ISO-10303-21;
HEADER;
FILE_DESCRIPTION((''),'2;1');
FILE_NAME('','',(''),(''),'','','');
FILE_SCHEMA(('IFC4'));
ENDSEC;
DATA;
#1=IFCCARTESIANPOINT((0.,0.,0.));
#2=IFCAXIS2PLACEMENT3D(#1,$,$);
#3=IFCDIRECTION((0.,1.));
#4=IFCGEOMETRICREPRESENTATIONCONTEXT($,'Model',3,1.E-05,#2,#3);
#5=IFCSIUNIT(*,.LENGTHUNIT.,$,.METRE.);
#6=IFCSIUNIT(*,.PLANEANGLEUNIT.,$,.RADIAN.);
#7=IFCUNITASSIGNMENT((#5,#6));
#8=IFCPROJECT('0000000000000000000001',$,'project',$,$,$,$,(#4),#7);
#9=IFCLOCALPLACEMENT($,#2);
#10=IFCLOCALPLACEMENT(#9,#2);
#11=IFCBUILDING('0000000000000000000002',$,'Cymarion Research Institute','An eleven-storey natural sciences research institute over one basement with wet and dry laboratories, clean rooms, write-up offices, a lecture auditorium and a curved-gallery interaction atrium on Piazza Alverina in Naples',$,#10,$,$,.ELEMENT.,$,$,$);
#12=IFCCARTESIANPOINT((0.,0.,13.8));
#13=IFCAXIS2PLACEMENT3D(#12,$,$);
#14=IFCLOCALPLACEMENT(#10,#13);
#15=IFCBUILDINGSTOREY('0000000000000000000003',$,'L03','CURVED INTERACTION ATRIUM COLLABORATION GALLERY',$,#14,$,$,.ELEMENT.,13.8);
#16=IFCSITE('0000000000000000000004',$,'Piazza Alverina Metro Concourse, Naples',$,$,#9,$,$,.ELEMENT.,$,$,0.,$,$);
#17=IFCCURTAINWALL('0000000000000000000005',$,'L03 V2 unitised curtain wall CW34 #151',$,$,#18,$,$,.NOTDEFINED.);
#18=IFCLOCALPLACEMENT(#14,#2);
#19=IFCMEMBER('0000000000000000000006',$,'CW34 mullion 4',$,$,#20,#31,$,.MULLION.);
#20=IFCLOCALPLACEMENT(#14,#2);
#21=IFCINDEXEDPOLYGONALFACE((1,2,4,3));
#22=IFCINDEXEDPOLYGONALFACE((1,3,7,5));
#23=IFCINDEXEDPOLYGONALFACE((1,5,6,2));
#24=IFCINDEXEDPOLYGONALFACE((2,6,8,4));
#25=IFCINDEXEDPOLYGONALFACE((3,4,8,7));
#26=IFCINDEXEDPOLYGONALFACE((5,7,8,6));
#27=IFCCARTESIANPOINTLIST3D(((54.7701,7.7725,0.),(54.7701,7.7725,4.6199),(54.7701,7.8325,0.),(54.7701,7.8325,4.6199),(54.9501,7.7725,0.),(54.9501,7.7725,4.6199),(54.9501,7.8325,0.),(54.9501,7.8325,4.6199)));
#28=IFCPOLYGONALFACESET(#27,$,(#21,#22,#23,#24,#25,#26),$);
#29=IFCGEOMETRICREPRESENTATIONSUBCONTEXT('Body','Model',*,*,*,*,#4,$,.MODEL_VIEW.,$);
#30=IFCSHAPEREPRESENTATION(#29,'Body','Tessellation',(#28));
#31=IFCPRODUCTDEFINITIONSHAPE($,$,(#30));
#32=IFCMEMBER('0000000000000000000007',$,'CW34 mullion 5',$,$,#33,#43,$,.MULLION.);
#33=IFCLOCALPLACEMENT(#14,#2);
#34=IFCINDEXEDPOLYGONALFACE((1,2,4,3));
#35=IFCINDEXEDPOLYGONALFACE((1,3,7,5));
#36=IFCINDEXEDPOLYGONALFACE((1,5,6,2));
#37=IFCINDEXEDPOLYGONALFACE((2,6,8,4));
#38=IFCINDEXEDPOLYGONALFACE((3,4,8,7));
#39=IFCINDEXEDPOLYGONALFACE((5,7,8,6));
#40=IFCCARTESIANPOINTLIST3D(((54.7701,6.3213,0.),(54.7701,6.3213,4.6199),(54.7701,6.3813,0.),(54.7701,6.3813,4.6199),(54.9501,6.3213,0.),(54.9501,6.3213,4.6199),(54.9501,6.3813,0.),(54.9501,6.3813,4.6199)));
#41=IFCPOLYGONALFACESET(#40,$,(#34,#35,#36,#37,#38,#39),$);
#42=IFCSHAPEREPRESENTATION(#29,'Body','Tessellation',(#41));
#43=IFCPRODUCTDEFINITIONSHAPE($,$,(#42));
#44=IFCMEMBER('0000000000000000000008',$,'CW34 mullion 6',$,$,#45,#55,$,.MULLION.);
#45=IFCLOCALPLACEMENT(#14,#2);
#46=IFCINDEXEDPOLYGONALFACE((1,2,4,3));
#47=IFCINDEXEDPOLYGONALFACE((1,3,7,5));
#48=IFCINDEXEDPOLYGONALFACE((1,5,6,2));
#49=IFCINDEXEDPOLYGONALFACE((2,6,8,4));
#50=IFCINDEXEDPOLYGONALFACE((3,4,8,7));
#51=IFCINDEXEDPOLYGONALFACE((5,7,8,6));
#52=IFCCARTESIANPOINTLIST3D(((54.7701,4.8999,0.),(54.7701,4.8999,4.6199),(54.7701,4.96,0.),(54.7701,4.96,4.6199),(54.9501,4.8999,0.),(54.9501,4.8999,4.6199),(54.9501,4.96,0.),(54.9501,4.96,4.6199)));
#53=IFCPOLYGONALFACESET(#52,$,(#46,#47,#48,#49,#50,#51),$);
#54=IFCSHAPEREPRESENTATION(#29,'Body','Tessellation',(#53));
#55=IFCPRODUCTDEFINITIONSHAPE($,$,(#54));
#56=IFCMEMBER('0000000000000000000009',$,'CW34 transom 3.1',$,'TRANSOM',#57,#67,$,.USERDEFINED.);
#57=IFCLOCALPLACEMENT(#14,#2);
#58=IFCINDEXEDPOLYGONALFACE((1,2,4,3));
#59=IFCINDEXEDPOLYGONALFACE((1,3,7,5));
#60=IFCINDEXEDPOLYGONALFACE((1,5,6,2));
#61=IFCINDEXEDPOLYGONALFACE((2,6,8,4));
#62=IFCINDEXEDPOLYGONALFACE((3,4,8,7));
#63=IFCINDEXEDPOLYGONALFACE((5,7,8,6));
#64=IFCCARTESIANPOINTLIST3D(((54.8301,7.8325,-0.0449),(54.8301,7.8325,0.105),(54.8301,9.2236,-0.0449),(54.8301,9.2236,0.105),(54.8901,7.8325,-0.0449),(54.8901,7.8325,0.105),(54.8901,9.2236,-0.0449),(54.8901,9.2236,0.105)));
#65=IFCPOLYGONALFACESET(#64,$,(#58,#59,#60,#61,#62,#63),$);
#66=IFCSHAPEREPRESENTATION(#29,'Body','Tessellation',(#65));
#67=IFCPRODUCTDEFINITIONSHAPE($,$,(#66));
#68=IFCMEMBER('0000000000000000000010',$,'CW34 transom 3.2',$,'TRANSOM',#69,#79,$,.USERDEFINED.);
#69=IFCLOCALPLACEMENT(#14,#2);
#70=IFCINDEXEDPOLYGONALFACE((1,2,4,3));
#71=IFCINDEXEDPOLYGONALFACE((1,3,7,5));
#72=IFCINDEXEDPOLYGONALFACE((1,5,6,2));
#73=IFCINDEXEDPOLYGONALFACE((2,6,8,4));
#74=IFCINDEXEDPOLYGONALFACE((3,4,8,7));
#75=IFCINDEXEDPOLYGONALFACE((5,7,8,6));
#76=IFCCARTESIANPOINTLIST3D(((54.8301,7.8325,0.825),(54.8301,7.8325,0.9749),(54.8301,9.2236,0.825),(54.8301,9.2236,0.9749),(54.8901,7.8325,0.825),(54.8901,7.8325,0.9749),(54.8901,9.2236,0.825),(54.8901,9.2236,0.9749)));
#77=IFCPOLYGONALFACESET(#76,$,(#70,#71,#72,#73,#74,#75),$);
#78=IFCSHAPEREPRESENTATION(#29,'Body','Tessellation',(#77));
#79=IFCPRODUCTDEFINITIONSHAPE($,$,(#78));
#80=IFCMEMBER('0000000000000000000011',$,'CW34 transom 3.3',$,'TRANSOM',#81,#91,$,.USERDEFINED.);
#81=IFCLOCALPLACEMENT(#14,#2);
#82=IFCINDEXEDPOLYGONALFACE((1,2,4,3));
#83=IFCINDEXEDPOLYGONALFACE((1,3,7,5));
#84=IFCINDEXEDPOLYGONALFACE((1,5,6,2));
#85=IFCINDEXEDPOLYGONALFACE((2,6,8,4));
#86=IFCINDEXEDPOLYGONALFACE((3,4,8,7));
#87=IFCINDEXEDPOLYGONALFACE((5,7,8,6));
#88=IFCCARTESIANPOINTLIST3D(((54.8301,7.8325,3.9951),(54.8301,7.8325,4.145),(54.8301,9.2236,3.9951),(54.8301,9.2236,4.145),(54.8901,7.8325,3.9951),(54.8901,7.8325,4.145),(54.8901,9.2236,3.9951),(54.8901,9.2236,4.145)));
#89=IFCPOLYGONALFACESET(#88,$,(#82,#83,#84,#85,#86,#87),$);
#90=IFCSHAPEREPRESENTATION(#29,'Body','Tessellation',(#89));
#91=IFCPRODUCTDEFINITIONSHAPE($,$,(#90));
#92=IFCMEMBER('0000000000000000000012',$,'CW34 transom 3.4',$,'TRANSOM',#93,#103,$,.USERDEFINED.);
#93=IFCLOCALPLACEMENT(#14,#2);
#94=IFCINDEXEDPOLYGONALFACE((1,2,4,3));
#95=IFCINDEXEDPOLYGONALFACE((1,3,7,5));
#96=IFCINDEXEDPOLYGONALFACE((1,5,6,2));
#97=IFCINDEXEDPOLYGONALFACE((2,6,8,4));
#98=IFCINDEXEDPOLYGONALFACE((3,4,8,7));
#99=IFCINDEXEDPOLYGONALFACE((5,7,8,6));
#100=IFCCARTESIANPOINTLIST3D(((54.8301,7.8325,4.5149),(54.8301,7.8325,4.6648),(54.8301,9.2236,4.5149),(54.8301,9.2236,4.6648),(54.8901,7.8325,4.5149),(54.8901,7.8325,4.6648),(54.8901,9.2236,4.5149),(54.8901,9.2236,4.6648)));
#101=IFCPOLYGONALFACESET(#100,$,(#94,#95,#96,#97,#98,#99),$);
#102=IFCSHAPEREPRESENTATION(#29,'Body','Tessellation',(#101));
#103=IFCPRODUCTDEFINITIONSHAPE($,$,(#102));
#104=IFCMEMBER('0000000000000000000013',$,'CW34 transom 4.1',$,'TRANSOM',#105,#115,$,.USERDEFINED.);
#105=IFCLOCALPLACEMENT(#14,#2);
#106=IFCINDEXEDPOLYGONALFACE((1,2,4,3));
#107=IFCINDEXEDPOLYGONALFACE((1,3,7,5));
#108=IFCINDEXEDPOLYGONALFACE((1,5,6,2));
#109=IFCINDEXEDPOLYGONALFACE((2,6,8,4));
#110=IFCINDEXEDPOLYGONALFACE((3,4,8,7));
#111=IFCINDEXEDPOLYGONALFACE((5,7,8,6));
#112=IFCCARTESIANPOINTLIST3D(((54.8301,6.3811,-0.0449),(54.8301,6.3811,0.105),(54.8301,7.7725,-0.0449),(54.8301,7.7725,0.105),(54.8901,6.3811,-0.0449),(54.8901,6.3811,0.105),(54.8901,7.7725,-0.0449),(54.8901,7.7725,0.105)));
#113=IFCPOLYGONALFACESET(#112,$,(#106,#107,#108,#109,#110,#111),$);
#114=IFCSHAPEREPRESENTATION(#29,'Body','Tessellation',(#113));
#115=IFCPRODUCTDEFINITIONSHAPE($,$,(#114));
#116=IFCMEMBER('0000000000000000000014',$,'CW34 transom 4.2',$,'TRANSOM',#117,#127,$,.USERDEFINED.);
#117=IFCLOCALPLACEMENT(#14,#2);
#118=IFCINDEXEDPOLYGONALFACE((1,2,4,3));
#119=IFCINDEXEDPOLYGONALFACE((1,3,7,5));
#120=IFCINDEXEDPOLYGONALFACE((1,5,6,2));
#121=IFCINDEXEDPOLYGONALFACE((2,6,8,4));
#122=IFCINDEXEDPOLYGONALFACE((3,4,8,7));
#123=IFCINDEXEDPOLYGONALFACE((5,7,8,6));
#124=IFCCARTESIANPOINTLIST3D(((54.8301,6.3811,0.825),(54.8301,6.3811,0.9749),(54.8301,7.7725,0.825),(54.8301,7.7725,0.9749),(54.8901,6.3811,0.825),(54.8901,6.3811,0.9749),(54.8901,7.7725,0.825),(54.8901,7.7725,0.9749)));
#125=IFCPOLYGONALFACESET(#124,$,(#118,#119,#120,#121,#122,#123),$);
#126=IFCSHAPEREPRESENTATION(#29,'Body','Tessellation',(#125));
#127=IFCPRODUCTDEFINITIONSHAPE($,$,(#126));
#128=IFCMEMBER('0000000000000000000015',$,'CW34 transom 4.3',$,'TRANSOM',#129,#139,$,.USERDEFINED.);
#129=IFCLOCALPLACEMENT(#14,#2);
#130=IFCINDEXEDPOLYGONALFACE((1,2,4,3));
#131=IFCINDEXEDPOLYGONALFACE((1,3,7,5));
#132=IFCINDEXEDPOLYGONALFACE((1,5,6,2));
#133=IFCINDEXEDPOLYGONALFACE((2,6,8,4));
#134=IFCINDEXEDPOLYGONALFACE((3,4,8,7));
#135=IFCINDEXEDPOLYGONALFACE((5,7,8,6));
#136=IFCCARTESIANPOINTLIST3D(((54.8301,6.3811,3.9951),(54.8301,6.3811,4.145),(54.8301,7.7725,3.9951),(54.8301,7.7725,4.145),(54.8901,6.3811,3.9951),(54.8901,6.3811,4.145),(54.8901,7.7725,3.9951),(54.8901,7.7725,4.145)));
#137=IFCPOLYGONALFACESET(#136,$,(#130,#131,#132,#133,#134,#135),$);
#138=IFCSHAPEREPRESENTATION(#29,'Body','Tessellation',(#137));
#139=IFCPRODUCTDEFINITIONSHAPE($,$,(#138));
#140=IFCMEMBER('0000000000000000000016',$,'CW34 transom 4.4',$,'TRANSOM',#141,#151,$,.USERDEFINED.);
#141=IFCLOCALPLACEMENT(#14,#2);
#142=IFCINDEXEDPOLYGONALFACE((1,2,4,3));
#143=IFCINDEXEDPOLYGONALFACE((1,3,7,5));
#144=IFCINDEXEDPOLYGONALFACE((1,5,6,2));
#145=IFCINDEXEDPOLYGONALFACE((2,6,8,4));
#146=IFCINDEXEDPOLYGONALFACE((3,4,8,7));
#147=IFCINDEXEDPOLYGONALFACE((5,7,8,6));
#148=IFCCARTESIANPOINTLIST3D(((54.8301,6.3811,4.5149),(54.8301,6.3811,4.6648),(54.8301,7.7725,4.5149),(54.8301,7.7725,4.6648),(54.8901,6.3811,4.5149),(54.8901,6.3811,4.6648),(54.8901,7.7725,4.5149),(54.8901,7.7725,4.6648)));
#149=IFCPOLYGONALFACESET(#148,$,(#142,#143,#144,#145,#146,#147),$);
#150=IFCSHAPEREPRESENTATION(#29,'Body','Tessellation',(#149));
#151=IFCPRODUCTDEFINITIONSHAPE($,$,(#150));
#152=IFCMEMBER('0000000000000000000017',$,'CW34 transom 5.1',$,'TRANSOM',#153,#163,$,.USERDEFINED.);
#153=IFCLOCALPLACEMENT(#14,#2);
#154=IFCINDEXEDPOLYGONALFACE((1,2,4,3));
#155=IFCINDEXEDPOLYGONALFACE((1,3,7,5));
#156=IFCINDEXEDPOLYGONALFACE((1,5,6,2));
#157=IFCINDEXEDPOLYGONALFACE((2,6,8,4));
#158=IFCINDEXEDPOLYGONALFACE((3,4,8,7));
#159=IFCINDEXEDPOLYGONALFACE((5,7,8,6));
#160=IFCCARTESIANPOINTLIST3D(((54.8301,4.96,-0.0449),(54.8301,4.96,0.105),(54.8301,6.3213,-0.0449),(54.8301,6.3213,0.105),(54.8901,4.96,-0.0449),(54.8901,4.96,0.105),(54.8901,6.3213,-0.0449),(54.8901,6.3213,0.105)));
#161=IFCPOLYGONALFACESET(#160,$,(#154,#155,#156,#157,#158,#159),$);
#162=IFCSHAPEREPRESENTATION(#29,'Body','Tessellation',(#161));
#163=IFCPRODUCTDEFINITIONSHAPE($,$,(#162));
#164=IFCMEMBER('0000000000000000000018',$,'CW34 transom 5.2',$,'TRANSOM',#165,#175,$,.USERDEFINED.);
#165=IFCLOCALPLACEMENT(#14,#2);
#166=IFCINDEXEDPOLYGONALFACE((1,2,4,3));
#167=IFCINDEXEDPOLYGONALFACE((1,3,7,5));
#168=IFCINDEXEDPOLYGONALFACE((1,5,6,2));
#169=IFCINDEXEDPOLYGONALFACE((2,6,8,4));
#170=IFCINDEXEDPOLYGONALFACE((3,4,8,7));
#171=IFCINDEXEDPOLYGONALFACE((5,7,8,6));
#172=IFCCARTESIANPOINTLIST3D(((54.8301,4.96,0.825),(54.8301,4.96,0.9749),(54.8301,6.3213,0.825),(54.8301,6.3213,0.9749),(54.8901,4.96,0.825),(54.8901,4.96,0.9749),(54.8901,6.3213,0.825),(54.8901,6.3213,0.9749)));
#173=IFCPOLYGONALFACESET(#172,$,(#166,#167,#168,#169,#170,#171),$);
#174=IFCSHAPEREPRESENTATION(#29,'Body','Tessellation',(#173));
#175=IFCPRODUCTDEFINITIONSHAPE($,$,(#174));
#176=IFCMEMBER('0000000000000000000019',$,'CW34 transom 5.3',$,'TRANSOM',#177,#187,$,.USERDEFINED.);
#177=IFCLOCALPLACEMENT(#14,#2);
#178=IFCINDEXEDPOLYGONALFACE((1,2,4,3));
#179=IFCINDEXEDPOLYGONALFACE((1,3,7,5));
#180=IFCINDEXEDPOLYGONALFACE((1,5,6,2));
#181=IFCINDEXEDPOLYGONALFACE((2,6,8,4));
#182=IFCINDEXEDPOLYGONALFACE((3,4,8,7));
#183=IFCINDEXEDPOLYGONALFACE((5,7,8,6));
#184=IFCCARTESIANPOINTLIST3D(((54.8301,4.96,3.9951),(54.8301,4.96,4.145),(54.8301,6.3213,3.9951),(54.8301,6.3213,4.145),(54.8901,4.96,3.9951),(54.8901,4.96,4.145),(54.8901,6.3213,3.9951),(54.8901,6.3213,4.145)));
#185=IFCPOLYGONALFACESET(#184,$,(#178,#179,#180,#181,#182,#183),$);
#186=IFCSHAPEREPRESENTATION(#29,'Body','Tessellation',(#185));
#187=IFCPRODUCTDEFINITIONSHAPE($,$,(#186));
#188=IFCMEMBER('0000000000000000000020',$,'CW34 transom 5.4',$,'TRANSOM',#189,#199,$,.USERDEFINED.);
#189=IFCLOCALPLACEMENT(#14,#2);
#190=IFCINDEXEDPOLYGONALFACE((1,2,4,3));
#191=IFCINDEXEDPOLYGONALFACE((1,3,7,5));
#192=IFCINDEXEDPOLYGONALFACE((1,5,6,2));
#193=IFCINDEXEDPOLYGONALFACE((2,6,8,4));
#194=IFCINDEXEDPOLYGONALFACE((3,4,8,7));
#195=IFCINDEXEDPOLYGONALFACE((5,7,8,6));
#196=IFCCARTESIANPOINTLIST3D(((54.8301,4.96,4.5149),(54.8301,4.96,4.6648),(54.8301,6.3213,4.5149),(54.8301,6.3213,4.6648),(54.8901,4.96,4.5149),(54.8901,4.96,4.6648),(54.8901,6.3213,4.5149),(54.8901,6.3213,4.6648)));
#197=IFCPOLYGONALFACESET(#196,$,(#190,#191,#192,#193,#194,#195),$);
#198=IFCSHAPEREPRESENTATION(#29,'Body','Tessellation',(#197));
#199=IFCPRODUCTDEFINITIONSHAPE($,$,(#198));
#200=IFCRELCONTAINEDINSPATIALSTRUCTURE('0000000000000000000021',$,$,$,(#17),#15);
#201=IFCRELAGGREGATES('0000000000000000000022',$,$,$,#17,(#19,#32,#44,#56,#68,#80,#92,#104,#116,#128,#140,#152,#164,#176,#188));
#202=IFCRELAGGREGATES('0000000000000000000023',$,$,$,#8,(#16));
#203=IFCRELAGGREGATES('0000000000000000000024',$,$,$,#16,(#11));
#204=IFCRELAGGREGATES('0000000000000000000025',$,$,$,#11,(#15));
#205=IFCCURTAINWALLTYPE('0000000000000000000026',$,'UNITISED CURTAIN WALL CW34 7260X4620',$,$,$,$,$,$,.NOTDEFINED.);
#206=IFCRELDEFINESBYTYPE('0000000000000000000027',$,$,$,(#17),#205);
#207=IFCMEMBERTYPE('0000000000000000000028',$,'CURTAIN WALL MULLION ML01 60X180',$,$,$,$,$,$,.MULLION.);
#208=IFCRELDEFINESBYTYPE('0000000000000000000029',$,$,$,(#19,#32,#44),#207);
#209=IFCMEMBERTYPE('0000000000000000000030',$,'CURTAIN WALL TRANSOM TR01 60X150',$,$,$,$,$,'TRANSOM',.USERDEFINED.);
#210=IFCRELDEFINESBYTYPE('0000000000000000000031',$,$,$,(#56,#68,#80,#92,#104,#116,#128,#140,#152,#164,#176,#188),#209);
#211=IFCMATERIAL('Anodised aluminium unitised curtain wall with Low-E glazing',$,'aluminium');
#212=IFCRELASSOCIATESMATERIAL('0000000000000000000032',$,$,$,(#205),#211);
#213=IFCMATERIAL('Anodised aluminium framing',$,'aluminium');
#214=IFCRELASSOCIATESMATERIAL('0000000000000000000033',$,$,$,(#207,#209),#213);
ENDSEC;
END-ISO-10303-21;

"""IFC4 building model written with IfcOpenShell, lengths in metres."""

from ifc_helpers import new_model, si_unit, direction, frame, origin, origin_2d, place, context, subcontext, project, spatial, rectangle, extrude, material, material_profile, profile_set, type_object, element, aggregate, save


model = new_model("IFC4")

# Units and contexts
model_context = context("Model", 3, precision=1e-05, world=origin(), true_north=direction((0.0, 1.0)))
body_context = subcontext(model_context, "Body", "Model", "MODEL_VIEW")
ifc_project = project(units=[si_unit("LENGTHUNIT", "METRE"), si_unit("PLANEANGLEUNIT", "RADIAN")], contexts=[model_context])

# Site, building, storey
site_placement = place(None, origin())
site = spatial("IfcSite", under=ifc_project, at=site_placement, Name="Piazza Alverina Metro Concourse, Naples", CompositionType="ELEMENT", RefElevation=0.0)
building_placement = place(site_placement, origin())
building = spatial("IfcBuilding", under=site, at=building_placement, Name="Cymarion Research Institute", Description="An eleven-storey natural sciences research institute over one basement with wet and dry laboratories, clean rooms, write-up offices, a lecture auditorium and a curved-gallery interaction atrium on Piazza Alverina in Naples", CompositionType="ELEMENT")
storey_placement = place(building_placement, frame((0.0, 0.0, 13.8)))
storey = spatial("IfcBuildingStorey", under=building, at=storey_placement, Name="L03", Description="CURVED INTERACTION ATRIUM COLLABORATION GALLERY", CompositionType="ELEMENT", Elevation=13.8)

# Curtain wall, members
ifc_material_1 = material(Name="Anodised aluminium unitised curtain wall with Low-E glazing", Category="aluminium")
curtain_wall_type = type_object("IfcCurtainWallType", Name="UNITISED CURTAIN WALL CW34 7260X4620", PredefinedType="NOTDEFINED", material=ifc_material_1)
curtain_wall_placement = place(storey_placement, origin())
curtain_wall = element("IfcCurtainWall", 1, at=curtain_wall_placement, inside=storey, type_object=curtain_wall_type, Name="L03 V2 unitised curtain wall CW34 #151", PredefinedType="NOTDEFINED")
ifc_material_2 = material(Name="Anodised aluminium framing", Category="aluminium")
ifc_material_profile_1 = material_profile(ifc_material_2, rectangle(XDim=0.0601, YDim=0.1799, at=origin_2d()), Name="ALU MULLION 60x180")
ifc_profile_set_1 = profile_set([ifc_material_profile_1], Name="Anodised aluminium framing")
member_type_1 = type_object("IfcMemberType", Name="CURTAIN WALL MULLION ML01 60X180", PredefinedType="MULLION", material=ifc_profile_set_1)
member_1_placement = place(storey_placement, frame((54.8601, 7.8025, 0.0), z_axis=(0.0, 0.0, 1.0), x_axis=(0.0, -1.0, 0.0)))
member_1 = element("IfcMember", 2, at=member_1_placement, type_object=member_type_1, Name="CW34 mullion 4", PredefinedType="MULLION", context=body_context, shape_type="SweptSolid", body=[
    extrude(rectangle(XDim=0.0601, YDim=0.1799, at=origin_2d()), origin(), (0.0, 0.0, 1.0), 4.6199),
])
member_2_placement = place(storey_placement, frame((54.8601, 6.3513, 0.0), z_axis=(0.0, 0.0, 1.0), x_axis=(0.0, -1.0, 0.0)))
member_2 = element("IfcMember", 3, at=member_2_placement, type_object=member_type_1, Name="CW34 mullion 5", PredefinedType="MULLION", context=body_context, shape_type="SweptSolid", body=[
    extrude(rectangle(XDim=0.0601, YDim=0.1799, at=origin_2d()), origin(), (0.0, 0.0, 1.0), 4.6199),
])
member_3_placement = place(storey_placement, frame((54.8601, 4.9299, 0.0), z_axis=(0.0, 0.0, 1.0), x_axis=(0.0, -1.0, 0.0)))
member_3 = element("IfcMember", 4, at=member_3_placement, type_object=member_type_1, Name="CW34 mullion 6", PredefinedType="MULLION", context=body_context, shape_type="SweptSolid", body=[
    extrude(rectangle(XDim=0.0601, YDim=0.1799, at=origin_2d()), origin(), (0.0, 0.0, 1.0), 4.6199),
])
ifc_material_profile_2 = material_profile(ifc_material_2, rectangle(XDim=0.0601, YDim=0.1499, at=origin_2d()), Name="ALU TRANSOM 60x150")
ifc_profile_set_2 = profile_set([ifc_material_profile_2], Name="Anodised aluminium framing")
member_type_2 = type_object("IfcMemberType", Name="CURTAIN WALL TRANSOM TR01 60X150", ElementType="TRANSOM", PredefinedType="USERDEFINED", material=ifc_profile_set_2)
member_4_placement = place(storey_placement, frame((54.8601, 9.2236, 0.03), z_axis=(0.0, -1.0, 0.0), x_axis=(1.0, 0.0, 0.0)))
member_4 = element("IfcMember", 5, at=member_4_placement, type_object=member_type_2, Name="CW34 transom 3.1", ObjectType="TRANSOM", PredefinedType="USERDEFINED", context=body_context, shape_type="SweptSolid", body=[
    extrude(rectangle(XDim=0.0601, YDim=0.1499, at=origin_2d()), origin(), (0.0, 0.0, 1.0), 1.3911),
])
member_5_placement = place(storey_placement, frame((54.8601, 9.2236, 0.8999), z_axis=(0.0, -1.0, 0.0), x_axis=(1.0, 0.0, 0.0)))
member_5 = element("IfcMember", 6, at=member_5_placement, type_object=member_type_2, Name="CW34 transom 3.2", ObjectType="TRANSOM", PredefinedType="USERDEFINED", context=body_context, shape_type="SweptSolid", body=[
    extrude(rectangle(XDim=0.0601, YDim=0.1499, at=origin_2d()), origin(), (0.0, 0.0, 1.0), 1.3911),
])
member_6_placement = place(storey_placement, frame((54.8601, 9.2236, 4.0701), z_axis=(0.0, -1.0, 0.0), x_axis=(1.0, 0.0, 0.0)))
member_6 = element("IfcMember", 7, at=member_6_placement, type_object=member_type_2, Name="CW34 transom 3.3", ObjectType="TRANSOM", PredefinedType="USERDEFINED", context=body_context, shape_type="SweptSolid", body=[
    extrude(rectangle(XDim=0.0601, YDim=0.1499, at=origin_2d()), origin(), (0.0, 0.0, 1.0), 1.3911),
])
member_7_placement = place(storey_placement, frame((54.8601, 9.2236, 4.5898), z_axis=(0.0, -1.0, 0.0), x_axis=(1.0, 0.0, 0.0)))
member_7 = element("IfcMember", 8, at=member_7_placement, type_object=member_type_2, Name="CW34 transom 3.4", ObjectType="TRANSOM", PredefinedType="USERDEFINED", context=body_context, shape_type="SweptSolid", body=[
    extrude(rectangle(XDim=0.0601, YDim=0.1499, at=origin_2d()), origin(), (0.0, 0.0, 1.0), 1.3911),
])
member_8_placement = place(storey_placement, frame((54.8601, 7.7725, 0.03), z_axis=(0.0, -1.0, 0.0), x_axis=(1.0, 0.0, 0.0)))
member_8 = element("IfcMember", 9, at=member_8_placement, type_object=member_type_2, Name="CW34 transom 4.1", ObjectType="TRANSOM", PredefinedType="USERDEFINED", context=body_context, shape_type="SweptSolid", body=[
    extrude(rectangle(XDim=0.0601, YDim=0.1499, at=origin_2d()), origin(), (0.0, 0.0, 1.0), 1.3914),
])
member_9_placement = place(storey_placement, frame((54.8601, 7.7725, 0.8999), z_axis=(0.0, -1.0, 0.0), x_axis=(1.0, 0.0, 0.0)))
member_9 = element("IfcMember", 10, at=member_9_placement, type_object=member_type_2, Name="CW34 transom 4.2", ObjectType="TRANSOM", PredefinedType="USERDEFINED", context=body_context, shape_type="SweptSolid", body=[
    extrude(rectangle(XDim=0.0601, YDim=0.1499, at=origin_2d()), origin(), (0.0, 0.0, 1.0), 1.3914),
])
member_10_placement = place(storey_placement, frame((54.8601, 7.7725, 4.0701), z_axis=(0.0, -1.0, 0.0), x_axis=(1.0, 0.0, 0.0)))
member_10 = element("IfcMember", 11, at=member_10_placement, type_object=member_type_2, Name="CW34 transom 4.3", ObjectType="TRANSOM", PredefinedType="USERDEFINED", context=body_context, shape_type="SweptSolid", body=[
    extrude(rectangle(XDim=0.0601, YDim=0.1499, at=origin_2d()), origin(), (0.0, 0.0, 1.0), 1.3914),
])
member_11_placement = place(storey_placement, frame((54.8601, 7.7725, 4.5898), z_axis=(0.0, -1.0, 0.0), x_axis=(1.0, 0.0, 0.0)))
member_11 = element("IfcMember", 12, at=member_11_placement, type_object=member_type_2, Name="CW34 transom 4.4", ObjectType="TRANSOM", PredefinedType="USERDEFINED", context=body_context, shape_type="SweptSolid", body=[
    extrude(rectangle(XDim=0.0601, YDim=0.1499, at=origin_2d()), origin(), (0.0, 0.0, 1.0), 1.3914),
])
member_12_placement = place(storey_placement, frame((54.8601, 6.3213, 0.03), z_axis=(0.0, -1.0, 0.0), x_axis=(1.0, 0.0, 0.0)))
member_12 = element("IfcMember", 13, at=member_12_placement, type_object=member_type_2, Name="CW34 transom 5.1", ObjectType="TRANSOM", PredefinedType="USERDEFINED", context=body_context, shape_type="SweptSolid", body=[
    extrude(rectangle(XDim=0.0601, YDim=0.1499, at=origin_2d()), origin(), (0.0, 0.0, 1.0), 1.3613),
])
member_13_placement = place(storey_placement, frame((54.8601, 6.3213, 0.8999), z_axis=(0.0, -1.0, 0.0), x_axis=(1.0, 0.0, 0.0)))
member_13 = element("IfcMember", 14, at=member_13_placement, type_object=member_type_2, Name="CW34 transom 5.2", ObjectType="TRANSOM", PredefinedType="USERDEFINED", context=body_context, shape_type="SweptSolid", body=[
    extrude(rectangle(XDim=0.0601, YDim=0.1499, at=origin_2d()), origin(), (0.0, 0.0, 1.0), 1.3613),
])
member_14_placement = place(storey_placement, frame((54.8601, 6.3213, 4.0701), z_axis=(0.0, -1.0, 0.0), x_axis=(1.0, 0.0, 0.0)))
member_14 = element("IfcMember", 15, at=member_14_placement, type_object=member_type_2, Name="CW34 transom 5.3", ObjectType="TRANSOM", PredefinedType="USERDEFINED", context=body_context, shape_type="SweptSolid", body=[
    extrude(rectangle(XDim=0.0601, YDim=0.1499, at=origin_2d()), origin(), (0.0, 0.0, 1.0), 1.3613),
])
member_15_placement = place(storey_placement, frame((54.8601, 6.3213, 4.5898), z_axis=(0.0, -1.0, 0.0), x_axis=(1.0, 0.0, 0.0)))
member_15 = element("IfcMember", 16, at=member_15_placement, type_object=member_type_2, Name="CW34 transom 5.4", ObjectType="TRANSOM", PredefinedType="USERDEFINED", context=body_context, shape_type="SweptSolid", body=[
    extrude(rectangle(XDim=0.0601, YDim=0.1499, at=origin_2d()), origin(), (0.0, 0.0, 1.0), 1.3613),
])
aggregate(curtain_wall, [member_1, member_2, member_3, member_4, member_5, member_6, member_7, member_8, member_9, member_10, member_11, member_12, member_13, member_14, member_15])

save(model, "model.ifc")
